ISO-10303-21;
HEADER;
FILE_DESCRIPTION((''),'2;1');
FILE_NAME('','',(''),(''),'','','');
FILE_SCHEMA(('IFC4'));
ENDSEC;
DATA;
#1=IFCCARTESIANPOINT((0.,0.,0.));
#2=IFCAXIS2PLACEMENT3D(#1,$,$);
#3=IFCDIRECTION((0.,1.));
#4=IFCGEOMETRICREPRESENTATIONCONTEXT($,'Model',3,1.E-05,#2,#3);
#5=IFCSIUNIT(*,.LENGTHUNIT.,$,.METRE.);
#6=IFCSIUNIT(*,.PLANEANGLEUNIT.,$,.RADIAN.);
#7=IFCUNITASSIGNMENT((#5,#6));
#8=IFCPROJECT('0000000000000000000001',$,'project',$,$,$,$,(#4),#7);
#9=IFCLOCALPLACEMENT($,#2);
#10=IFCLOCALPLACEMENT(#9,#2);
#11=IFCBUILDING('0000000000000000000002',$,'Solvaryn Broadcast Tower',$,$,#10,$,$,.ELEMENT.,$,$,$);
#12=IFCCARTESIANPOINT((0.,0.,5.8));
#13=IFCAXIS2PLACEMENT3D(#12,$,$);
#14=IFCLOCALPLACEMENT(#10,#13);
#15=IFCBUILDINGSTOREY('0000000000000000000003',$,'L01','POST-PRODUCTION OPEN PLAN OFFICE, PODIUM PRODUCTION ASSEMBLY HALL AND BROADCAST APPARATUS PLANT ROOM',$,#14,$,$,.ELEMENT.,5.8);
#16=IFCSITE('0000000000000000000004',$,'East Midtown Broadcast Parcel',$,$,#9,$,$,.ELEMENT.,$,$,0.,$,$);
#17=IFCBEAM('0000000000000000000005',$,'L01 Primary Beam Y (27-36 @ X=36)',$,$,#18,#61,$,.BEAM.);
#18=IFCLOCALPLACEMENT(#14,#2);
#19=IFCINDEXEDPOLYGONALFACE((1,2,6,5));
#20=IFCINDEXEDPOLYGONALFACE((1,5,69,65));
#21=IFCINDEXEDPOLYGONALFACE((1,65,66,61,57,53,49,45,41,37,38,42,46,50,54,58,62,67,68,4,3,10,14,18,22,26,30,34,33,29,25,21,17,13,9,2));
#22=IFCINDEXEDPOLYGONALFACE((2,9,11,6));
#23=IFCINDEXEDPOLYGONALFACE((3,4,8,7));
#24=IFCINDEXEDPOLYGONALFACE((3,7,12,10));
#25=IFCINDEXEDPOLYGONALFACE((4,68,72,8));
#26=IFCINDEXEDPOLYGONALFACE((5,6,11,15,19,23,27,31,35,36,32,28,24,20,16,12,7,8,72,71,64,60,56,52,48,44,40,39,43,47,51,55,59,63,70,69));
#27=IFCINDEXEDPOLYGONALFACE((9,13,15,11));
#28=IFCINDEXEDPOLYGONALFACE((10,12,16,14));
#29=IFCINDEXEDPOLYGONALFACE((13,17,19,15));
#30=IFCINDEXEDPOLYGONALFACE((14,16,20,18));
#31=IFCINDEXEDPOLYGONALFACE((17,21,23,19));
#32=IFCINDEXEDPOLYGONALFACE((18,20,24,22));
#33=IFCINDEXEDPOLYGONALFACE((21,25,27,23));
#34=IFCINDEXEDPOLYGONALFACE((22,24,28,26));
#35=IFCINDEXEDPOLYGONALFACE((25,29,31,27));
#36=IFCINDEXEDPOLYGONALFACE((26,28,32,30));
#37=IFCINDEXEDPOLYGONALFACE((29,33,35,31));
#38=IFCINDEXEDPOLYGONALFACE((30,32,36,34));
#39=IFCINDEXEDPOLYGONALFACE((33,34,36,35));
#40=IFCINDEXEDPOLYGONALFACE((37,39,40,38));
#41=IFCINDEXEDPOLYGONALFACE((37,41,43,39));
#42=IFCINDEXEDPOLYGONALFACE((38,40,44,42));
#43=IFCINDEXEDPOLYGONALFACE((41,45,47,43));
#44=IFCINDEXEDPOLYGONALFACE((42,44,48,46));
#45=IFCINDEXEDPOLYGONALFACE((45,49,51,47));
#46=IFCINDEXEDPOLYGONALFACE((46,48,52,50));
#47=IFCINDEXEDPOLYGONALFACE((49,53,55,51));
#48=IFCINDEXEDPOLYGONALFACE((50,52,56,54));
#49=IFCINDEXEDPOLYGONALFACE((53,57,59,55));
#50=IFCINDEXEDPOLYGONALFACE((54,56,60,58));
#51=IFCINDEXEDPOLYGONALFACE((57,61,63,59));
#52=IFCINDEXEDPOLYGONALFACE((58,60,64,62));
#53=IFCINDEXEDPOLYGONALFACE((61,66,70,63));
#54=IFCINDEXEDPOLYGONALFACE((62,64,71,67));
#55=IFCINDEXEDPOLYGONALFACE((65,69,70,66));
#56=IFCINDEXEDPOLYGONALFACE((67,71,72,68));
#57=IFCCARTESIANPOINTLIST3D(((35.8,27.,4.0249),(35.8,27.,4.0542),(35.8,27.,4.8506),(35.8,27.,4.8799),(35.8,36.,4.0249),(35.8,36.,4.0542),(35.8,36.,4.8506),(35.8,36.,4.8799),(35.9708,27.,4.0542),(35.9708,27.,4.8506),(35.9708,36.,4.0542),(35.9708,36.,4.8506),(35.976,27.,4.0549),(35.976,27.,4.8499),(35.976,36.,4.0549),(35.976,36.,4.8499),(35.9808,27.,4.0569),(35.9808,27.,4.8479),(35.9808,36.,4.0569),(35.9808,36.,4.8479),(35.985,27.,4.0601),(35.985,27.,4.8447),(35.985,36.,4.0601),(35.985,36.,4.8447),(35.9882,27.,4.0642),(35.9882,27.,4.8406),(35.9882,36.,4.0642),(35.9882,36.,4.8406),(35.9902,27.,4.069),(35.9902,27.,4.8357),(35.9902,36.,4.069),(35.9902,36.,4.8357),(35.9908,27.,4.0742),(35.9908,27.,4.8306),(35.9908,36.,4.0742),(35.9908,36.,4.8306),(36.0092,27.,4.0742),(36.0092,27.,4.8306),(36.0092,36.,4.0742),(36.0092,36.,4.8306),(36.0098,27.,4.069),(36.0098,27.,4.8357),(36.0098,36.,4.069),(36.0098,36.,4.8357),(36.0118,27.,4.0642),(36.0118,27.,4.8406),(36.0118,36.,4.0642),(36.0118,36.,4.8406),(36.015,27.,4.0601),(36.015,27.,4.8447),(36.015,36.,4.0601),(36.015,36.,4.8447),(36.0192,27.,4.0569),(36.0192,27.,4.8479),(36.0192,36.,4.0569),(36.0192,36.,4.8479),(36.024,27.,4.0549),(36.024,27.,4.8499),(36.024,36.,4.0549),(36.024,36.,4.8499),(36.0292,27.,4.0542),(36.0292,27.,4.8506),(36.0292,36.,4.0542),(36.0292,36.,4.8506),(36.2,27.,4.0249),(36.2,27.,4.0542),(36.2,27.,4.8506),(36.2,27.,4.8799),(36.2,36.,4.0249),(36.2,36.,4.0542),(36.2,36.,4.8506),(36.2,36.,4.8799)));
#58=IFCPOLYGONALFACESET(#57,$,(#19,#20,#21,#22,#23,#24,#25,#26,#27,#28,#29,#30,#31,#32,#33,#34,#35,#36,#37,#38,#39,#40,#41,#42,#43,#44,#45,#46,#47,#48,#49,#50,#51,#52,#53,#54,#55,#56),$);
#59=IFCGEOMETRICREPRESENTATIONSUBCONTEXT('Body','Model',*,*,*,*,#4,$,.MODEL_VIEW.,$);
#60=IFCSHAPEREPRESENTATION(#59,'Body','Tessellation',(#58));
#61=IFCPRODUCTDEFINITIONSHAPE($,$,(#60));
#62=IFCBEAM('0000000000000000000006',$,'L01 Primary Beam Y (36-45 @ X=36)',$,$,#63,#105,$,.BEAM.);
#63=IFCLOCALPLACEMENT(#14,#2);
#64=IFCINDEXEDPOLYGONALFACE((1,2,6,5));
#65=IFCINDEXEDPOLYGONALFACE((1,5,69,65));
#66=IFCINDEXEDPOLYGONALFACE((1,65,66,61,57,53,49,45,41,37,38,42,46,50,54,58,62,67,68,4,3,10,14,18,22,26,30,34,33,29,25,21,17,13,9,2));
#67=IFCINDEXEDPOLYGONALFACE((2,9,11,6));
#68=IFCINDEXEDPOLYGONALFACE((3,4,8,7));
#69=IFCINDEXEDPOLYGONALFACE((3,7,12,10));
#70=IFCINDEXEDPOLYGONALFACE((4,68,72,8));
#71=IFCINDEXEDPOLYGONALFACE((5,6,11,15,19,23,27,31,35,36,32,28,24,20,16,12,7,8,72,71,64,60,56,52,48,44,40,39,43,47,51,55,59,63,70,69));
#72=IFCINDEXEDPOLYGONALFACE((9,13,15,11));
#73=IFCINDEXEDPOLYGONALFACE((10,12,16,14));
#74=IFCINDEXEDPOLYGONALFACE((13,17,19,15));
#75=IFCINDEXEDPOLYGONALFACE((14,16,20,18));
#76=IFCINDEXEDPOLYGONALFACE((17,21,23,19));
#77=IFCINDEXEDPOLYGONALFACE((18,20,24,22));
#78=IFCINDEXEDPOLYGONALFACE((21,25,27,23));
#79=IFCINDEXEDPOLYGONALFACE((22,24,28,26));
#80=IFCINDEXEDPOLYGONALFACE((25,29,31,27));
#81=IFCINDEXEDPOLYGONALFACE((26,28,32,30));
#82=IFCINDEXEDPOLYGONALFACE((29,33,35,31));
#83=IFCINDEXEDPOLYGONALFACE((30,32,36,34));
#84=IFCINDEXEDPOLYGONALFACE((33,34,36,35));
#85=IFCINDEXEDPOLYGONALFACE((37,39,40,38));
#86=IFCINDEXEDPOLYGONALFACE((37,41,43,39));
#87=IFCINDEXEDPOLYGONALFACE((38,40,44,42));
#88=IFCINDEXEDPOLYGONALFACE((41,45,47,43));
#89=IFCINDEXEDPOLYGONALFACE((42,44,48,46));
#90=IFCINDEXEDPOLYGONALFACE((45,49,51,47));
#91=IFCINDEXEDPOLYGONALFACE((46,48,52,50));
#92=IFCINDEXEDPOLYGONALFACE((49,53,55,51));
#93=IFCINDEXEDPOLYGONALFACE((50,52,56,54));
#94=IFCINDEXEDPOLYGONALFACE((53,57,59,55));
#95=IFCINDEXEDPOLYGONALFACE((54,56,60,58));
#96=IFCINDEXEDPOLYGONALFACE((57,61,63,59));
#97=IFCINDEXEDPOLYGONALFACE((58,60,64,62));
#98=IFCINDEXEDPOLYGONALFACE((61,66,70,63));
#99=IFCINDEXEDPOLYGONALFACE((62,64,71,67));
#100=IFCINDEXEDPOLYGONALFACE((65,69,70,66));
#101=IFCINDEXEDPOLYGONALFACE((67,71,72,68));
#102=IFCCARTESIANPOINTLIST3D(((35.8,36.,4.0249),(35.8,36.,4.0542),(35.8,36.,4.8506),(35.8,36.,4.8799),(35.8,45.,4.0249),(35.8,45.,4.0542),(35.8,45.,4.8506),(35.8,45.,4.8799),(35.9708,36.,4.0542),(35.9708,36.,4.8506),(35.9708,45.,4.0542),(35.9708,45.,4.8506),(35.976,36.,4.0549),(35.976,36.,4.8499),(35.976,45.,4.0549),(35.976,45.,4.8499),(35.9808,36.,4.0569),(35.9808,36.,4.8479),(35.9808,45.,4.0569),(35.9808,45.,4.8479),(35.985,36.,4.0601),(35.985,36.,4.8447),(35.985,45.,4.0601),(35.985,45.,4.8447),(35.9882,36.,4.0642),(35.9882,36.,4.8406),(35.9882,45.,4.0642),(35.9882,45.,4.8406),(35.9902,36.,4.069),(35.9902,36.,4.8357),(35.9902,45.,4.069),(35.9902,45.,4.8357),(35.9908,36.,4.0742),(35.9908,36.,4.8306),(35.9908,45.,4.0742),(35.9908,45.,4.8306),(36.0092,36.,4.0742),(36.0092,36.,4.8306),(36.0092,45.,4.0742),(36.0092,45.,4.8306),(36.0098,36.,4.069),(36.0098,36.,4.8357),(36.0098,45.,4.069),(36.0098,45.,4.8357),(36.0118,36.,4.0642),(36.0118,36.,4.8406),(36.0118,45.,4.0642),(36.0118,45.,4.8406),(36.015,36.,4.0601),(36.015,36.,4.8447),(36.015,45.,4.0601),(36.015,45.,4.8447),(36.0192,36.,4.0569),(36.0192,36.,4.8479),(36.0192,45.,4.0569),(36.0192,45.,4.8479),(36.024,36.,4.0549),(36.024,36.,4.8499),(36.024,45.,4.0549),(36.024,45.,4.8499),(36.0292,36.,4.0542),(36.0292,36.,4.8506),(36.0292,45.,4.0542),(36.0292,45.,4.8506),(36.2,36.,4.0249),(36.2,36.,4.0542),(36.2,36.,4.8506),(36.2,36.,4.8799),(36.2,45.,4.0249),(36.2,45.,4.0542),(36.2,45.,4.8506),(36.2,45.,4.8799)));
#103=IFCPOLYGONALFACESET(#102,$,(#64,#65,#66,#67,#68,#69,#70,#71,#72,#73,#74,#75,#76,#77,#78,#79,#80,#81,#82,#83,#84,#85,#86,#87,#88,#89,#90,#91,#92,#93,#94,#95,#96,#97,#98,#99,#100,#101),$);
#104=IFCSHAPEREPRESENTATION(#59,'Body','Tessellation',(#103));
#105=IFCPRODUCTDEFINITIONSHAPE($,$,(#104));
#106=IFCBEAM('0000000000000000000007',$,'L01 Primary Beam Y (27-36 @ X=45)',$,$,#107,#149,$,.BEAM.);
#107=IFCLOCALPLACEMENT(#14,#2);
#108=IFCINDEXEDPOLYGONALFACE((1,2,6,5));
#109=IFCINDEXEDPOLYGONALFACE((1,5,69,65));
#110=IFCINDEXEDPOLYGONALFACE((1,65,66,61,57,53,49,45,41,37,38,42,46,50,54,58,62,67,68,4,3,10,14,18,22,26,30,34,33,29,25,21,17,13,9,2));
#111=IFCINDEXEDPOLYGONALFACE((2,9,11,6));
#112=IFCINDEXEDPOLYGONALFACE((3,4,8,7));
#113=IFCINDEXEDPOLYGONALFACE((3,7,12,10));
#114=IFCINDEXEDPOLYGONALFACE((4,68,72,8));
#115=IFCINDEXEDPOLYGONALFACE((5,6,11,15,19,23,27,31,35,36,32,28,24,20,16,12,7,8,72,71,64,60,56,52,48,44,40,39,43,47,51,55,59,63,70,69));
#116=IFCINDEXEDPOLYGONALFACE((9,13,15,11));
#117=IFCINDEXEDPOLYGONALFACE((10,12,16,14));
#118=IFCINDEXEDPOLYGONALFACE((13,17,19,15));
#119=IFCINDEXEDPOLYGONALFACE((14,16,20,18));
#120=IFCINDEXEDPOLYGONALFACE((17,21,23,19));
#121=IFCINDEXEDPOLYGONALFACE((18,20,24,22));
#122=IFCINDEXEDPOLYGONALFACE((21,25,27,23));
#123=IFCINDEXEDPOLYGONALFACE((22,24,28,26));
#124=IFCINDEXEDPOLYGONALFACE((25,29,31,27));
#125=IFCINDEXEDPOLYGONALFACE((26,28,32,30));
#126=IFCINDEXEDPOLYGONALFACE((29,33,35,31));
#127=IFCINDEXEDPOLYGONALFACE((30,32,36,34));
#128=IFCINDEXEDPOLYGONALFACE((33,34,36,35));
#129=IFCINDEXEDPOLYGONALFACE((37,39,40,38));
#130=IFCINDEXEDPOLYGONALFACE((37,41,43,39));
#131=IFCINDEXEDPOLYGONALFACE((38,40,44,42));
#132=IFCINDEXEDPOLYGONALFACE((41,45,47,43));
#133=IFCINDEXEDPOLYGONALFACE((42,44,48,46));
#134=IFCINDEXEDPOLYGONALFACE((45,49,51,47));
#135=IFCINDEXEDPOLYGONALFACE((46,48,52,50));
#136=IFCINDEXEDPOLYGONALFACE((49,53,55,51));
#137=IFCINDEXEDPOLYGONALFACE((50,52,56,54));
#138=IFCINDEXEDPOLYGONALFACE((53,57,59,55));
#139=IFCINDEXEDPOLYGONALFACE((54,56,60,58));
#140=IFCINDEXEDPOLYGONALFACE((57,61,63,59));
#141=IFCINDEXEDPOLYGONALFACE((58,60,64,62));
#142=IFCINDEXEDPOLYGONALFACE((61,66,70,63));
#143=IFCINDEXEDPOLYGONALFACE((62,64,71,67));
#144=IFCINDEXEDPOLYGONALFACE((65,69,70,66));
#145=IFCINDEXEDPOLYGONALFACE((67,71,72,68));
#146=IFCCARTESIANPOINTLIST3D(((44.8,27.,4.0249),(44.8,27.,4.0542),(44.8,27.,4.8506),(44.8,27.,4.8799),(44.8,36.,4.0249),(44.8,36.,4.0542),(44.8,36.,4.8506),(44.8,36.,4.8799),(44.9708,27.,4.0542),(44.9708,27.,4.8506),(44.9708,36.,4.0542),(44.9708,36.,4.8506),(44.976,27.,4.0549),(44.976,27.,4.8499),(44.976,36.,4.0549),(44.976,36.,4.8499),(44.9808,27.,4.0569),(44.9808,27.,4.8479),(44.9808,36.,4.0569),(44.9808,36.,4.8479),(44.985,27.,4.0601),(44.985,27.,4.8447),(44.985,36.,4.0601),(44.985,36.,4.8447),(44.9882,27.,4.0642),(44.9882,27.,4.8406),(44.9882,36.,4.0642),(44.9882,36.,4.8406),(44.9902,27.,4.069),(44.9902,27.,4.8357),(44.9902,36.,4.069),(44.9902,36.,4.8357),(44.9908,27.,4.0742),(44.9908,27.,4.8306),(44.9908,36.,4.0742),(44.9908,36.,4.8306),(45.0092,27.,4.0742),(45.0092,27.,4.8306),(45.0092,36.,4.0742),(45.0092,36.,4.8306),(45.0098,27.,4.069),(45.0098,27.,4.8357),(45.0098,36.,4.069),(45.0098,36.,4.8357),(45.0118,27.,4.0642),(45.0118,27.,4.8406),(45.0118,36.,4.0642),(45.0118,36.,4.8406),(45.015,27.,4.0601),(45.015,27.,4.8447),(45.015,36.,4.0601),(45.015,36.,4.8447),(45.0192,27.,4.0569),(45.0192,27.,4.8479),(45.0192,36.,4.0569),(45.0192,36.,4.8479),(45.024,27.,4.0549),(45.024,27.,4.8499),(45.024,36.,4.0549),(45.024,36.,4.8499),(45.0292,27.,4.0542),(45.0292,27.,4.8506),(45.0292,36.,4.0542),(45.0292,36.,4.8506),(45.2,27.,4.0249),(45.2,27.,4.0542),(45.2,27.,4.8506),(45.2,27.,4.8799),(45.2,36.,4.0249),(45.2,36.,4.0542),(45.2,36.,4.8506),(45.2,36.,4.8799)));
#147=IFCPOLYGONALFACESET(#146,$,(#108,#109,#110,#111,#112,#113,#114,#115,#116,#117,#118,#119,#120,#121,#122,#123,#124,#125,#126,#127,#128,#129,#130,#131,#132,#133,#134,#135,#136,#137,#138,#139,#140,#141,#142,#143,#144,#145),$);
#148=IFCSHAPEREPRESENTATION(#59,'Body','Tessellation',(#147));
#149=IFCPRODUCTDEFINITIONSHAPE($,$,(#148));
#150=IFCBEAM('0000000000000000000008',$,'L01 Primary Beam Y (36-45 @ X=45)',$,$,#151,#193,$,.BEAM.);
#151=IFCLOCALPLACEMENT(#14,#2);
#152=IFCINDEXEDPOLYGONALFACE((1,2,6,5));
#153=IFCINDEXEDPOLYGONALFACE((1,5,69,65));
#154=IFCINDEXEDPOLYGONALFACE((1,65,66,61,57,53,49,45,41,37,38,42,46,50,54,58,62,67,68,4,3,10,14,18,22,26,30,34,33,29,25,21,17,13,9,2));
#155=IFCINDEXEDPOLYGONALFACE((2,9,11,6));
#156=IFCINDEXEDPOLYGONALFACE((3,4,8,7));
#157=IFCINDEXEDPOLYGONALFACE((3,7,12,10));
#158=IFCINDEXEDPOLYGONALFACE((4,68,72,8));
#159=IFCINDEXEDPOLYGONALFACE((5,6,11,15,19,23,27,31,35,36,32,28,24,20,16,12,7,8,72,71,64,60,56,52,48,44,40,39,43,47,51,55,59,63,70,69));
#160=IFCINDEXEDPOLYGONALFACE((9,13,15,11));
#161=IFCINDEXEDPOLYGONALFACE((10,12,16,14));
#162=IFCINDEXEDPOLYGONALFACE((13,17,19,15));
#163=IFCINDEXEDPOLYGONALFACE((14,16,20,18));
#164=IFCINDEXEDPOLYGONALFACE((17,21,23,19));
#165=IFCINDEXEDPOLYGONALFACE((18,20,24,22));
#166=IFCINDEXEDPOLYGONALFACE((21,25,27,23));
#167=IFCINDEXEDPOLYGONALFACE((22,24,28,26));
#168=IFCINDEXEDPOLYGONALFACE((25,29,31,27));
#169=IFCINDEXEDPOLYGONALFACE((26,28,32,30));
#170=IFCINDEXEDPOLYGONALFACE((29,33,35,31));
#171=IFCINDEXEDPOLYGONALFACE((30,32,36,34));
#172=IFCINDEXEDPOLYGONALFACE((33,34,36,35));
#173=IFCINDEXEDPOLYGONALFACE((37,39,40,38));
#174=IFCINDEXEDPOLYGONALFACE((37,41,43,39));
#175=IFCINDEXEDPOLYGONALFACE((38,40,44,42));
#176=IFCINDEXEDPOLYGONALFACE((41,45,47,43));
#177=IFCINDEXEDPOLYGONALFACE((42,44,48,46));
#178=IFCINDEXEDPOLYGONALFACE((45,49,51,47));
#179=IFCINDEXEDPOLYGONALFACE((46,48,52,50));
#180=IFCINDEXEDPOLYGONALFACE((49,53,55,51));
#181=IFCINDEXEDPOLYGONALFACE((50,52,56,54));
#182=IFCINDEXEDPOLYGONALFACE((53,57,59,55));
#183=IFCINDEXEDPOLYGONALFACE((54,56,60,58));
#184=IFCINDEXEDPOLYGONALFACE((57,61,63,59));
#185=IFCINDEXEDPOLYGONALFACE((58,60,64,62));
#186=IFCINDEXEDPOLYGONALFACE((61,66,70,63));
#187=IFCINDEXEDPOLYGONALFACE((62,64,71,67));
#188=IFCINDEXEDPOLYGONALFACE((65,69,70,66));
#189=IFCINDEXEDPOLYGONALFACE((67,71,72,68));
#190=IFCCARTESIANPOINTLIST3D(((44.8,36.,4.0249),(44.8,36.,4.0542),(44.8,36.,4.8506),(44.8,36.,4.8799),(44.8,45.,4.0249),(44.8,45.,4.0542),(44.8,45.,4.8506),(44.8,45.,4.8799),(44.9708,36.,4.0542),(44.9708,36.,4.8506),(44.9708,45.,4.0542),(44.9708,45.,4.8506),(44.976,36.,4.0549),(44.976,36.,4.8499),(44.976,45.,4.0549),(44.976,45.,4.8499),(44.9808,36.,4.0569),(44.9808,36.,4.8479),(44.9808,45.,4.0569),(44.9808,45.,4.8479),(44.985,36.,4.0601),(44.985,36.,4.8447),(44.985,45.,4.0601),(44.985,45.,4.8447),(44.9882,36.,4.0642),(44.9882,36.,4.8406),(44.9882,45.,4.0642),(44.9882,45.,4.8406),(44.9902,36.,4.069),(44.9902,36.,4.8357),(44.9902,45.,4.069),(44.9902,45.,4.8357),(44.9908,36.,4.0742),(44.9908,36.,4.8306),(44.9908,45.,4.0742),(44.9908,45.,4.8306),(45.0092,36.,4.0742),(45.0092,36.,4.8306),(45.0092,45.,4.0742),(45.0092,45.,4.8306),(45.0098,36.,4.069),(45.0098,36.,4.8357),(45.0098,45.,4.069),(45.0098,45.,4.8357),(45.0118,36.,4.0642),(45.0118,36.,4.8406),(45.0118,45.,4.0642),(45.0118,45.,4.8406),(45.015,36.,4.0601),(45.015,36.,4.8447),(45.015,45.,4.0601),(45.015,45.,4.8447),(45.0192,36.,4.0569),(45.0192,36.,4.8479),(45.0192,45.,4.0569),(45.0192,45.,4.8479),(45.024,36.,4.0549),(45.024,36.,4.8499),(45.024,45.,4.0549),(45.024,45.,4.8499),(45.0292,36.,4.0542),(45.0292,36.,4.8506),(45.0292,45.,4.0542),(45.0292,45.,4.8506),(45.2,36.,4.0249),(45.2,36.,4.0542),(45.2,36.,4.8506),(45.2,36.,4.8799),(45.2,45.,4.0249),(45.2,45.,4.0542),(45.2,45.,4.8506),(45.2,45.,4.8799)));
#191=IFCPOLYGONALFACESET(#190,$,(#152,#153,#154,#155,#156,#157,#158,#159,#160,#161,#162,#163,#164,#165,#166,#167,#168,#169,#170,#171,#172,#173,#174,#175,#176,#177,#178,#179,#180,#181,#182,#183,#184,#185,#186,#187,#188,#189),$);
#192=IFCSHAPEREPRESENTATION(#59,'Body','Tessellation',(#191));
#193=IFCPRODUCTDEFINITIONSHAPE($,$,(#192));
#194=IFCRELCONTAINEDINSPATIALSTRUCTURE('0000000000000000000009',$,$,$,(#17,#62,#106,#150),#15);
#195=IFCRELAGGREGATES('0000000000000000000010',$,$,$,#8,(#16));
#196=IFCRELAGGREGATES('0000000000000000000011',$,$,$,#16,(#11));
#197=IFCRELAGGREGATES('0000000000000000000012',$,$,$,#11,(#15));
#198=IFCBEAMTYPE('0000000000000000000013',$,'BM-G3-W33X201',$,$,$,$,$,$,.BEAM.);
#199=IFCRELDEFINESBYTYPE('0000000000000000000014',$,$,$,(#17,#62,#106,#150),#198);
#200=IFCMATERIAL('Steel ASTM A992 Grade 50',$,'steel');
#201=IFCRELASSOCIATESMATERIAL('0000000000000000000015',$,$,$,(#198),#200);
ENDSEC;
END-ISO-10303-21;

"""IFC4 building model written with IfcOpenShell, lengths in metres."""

from ifc_helpers import new_model, si_unit, direction, frame, origin, origin_2d, place, context, subcontext, project, spatial, i_section, extrude, material, material_profile, profile_set, type_object, element, save


model = new_model("IFC4")

# Units and contexts
model_context = context("Model", 3, precision=1e-05, world=origin(), true_north=direction((0.0, 1.0)))
body_context = subcontext(model_context, "Body", "Model", "MODEL_VIEW")
ifc_project = project(units=[si_unit("LENGTHUNIT", "METRE"), si_unit("PLANEANGLEUNIT", "RADIAN")], contexts=[model_context])

# Site, building, storey
site_placement = place(None, origin())
site = spatial("IfcSite", under=ifc_project, at=site_placement, Name="East Midtown Broadcast Parcel", CompositionType="ELEMENT", RefElevation=0.0)
building_placement = place(site_placement, origin())
building = spatial("IfcBuilding", under=site, at=building_placement, Name="Solvaryn Broadcast Tower", CompositionType="ELEMENT")
storey_placement = place(building_placement, frame((0.0, 0.0, 5.8)))
storey = spatial("IfcBuildingStorey", under=building, at=storey_placement, Name="L01", Description="POST-PRODUCTION OPEN PLAN OFFICE, PODIUM PRODUCTION ASSEMBLY HALL AND BROADCAST APPARATUS PLANT ROOM", CompositionType="ELEMENT", Elevation=5.8)

# Beams
ifc_material_1 = material(Name="Steel ASTM A992 Grade 50", Category="steel")
ifc_material_profile_1 = material_profile(ifc_material_1, i_section(OverallWidth=0.3999, OverallDepth=0.855, WebThickness=0.0183, FlangeThickness=0.0293, FilletRadius=0.02, at=origin_2d()))
ifc_profile_set_1 = profile_set([ifc_material_profile_1], Name="Steel ASTM A992 Grade 50")
beam_type_1 = type_object("IfcBeamType", Name="BM-G3-W33X201", PredefinedType="BEAM", material=ifc_profile_set_1)
for number, where, z_axis, x_axis, name in (
    (1, (36.0, 27.0, 4.4524), (0.0, 1.0, 0.0), (-1.0, 0.0, 0.0), "L01 Primary Beam Y (27-36 @ X=36)"),
    (2, (36.0, 36.0, 4.4524), (0.0, 1.0, 0.0), (-1.0, 0.0, 0.0), "L01 Primary Beam Y (36-45 @ X=36)"),
    (3, (45.0, 27.0, 4.4524), (0.0, 1.0, 0.0), (-1.0, 0.0, 0.0), "L01 Primary Beam Y (27-36 @ X=45)"),
    (4, (45.0, 36.0, 4.4524), (0.0, 1.0, 0.0), (-1.0, 0.0, 0.0), "L01 Primary Beam Y (36-45 @ X=45)"),
):
    element("IfcBeam", number, at=place(storey_placement, frame(where, z_axis=z_axis, x_axis=x_axis)), inside=storey, type_object=beam_type_1, Name=name, PredefinedType="BEAM", context=body_context, shape_type="SweptSolid", body=[
        extrude(i_section(OverallWidth=0.3999, OverallDepth=0.855, WebThickness=0.0183, FlangeThickness=0.0293, FilletRadius=0.02, at=origin_2d()), origin(), (0.0, 0.0, 1.0), 9.0),
    ])

save(model, "model.ifc")
